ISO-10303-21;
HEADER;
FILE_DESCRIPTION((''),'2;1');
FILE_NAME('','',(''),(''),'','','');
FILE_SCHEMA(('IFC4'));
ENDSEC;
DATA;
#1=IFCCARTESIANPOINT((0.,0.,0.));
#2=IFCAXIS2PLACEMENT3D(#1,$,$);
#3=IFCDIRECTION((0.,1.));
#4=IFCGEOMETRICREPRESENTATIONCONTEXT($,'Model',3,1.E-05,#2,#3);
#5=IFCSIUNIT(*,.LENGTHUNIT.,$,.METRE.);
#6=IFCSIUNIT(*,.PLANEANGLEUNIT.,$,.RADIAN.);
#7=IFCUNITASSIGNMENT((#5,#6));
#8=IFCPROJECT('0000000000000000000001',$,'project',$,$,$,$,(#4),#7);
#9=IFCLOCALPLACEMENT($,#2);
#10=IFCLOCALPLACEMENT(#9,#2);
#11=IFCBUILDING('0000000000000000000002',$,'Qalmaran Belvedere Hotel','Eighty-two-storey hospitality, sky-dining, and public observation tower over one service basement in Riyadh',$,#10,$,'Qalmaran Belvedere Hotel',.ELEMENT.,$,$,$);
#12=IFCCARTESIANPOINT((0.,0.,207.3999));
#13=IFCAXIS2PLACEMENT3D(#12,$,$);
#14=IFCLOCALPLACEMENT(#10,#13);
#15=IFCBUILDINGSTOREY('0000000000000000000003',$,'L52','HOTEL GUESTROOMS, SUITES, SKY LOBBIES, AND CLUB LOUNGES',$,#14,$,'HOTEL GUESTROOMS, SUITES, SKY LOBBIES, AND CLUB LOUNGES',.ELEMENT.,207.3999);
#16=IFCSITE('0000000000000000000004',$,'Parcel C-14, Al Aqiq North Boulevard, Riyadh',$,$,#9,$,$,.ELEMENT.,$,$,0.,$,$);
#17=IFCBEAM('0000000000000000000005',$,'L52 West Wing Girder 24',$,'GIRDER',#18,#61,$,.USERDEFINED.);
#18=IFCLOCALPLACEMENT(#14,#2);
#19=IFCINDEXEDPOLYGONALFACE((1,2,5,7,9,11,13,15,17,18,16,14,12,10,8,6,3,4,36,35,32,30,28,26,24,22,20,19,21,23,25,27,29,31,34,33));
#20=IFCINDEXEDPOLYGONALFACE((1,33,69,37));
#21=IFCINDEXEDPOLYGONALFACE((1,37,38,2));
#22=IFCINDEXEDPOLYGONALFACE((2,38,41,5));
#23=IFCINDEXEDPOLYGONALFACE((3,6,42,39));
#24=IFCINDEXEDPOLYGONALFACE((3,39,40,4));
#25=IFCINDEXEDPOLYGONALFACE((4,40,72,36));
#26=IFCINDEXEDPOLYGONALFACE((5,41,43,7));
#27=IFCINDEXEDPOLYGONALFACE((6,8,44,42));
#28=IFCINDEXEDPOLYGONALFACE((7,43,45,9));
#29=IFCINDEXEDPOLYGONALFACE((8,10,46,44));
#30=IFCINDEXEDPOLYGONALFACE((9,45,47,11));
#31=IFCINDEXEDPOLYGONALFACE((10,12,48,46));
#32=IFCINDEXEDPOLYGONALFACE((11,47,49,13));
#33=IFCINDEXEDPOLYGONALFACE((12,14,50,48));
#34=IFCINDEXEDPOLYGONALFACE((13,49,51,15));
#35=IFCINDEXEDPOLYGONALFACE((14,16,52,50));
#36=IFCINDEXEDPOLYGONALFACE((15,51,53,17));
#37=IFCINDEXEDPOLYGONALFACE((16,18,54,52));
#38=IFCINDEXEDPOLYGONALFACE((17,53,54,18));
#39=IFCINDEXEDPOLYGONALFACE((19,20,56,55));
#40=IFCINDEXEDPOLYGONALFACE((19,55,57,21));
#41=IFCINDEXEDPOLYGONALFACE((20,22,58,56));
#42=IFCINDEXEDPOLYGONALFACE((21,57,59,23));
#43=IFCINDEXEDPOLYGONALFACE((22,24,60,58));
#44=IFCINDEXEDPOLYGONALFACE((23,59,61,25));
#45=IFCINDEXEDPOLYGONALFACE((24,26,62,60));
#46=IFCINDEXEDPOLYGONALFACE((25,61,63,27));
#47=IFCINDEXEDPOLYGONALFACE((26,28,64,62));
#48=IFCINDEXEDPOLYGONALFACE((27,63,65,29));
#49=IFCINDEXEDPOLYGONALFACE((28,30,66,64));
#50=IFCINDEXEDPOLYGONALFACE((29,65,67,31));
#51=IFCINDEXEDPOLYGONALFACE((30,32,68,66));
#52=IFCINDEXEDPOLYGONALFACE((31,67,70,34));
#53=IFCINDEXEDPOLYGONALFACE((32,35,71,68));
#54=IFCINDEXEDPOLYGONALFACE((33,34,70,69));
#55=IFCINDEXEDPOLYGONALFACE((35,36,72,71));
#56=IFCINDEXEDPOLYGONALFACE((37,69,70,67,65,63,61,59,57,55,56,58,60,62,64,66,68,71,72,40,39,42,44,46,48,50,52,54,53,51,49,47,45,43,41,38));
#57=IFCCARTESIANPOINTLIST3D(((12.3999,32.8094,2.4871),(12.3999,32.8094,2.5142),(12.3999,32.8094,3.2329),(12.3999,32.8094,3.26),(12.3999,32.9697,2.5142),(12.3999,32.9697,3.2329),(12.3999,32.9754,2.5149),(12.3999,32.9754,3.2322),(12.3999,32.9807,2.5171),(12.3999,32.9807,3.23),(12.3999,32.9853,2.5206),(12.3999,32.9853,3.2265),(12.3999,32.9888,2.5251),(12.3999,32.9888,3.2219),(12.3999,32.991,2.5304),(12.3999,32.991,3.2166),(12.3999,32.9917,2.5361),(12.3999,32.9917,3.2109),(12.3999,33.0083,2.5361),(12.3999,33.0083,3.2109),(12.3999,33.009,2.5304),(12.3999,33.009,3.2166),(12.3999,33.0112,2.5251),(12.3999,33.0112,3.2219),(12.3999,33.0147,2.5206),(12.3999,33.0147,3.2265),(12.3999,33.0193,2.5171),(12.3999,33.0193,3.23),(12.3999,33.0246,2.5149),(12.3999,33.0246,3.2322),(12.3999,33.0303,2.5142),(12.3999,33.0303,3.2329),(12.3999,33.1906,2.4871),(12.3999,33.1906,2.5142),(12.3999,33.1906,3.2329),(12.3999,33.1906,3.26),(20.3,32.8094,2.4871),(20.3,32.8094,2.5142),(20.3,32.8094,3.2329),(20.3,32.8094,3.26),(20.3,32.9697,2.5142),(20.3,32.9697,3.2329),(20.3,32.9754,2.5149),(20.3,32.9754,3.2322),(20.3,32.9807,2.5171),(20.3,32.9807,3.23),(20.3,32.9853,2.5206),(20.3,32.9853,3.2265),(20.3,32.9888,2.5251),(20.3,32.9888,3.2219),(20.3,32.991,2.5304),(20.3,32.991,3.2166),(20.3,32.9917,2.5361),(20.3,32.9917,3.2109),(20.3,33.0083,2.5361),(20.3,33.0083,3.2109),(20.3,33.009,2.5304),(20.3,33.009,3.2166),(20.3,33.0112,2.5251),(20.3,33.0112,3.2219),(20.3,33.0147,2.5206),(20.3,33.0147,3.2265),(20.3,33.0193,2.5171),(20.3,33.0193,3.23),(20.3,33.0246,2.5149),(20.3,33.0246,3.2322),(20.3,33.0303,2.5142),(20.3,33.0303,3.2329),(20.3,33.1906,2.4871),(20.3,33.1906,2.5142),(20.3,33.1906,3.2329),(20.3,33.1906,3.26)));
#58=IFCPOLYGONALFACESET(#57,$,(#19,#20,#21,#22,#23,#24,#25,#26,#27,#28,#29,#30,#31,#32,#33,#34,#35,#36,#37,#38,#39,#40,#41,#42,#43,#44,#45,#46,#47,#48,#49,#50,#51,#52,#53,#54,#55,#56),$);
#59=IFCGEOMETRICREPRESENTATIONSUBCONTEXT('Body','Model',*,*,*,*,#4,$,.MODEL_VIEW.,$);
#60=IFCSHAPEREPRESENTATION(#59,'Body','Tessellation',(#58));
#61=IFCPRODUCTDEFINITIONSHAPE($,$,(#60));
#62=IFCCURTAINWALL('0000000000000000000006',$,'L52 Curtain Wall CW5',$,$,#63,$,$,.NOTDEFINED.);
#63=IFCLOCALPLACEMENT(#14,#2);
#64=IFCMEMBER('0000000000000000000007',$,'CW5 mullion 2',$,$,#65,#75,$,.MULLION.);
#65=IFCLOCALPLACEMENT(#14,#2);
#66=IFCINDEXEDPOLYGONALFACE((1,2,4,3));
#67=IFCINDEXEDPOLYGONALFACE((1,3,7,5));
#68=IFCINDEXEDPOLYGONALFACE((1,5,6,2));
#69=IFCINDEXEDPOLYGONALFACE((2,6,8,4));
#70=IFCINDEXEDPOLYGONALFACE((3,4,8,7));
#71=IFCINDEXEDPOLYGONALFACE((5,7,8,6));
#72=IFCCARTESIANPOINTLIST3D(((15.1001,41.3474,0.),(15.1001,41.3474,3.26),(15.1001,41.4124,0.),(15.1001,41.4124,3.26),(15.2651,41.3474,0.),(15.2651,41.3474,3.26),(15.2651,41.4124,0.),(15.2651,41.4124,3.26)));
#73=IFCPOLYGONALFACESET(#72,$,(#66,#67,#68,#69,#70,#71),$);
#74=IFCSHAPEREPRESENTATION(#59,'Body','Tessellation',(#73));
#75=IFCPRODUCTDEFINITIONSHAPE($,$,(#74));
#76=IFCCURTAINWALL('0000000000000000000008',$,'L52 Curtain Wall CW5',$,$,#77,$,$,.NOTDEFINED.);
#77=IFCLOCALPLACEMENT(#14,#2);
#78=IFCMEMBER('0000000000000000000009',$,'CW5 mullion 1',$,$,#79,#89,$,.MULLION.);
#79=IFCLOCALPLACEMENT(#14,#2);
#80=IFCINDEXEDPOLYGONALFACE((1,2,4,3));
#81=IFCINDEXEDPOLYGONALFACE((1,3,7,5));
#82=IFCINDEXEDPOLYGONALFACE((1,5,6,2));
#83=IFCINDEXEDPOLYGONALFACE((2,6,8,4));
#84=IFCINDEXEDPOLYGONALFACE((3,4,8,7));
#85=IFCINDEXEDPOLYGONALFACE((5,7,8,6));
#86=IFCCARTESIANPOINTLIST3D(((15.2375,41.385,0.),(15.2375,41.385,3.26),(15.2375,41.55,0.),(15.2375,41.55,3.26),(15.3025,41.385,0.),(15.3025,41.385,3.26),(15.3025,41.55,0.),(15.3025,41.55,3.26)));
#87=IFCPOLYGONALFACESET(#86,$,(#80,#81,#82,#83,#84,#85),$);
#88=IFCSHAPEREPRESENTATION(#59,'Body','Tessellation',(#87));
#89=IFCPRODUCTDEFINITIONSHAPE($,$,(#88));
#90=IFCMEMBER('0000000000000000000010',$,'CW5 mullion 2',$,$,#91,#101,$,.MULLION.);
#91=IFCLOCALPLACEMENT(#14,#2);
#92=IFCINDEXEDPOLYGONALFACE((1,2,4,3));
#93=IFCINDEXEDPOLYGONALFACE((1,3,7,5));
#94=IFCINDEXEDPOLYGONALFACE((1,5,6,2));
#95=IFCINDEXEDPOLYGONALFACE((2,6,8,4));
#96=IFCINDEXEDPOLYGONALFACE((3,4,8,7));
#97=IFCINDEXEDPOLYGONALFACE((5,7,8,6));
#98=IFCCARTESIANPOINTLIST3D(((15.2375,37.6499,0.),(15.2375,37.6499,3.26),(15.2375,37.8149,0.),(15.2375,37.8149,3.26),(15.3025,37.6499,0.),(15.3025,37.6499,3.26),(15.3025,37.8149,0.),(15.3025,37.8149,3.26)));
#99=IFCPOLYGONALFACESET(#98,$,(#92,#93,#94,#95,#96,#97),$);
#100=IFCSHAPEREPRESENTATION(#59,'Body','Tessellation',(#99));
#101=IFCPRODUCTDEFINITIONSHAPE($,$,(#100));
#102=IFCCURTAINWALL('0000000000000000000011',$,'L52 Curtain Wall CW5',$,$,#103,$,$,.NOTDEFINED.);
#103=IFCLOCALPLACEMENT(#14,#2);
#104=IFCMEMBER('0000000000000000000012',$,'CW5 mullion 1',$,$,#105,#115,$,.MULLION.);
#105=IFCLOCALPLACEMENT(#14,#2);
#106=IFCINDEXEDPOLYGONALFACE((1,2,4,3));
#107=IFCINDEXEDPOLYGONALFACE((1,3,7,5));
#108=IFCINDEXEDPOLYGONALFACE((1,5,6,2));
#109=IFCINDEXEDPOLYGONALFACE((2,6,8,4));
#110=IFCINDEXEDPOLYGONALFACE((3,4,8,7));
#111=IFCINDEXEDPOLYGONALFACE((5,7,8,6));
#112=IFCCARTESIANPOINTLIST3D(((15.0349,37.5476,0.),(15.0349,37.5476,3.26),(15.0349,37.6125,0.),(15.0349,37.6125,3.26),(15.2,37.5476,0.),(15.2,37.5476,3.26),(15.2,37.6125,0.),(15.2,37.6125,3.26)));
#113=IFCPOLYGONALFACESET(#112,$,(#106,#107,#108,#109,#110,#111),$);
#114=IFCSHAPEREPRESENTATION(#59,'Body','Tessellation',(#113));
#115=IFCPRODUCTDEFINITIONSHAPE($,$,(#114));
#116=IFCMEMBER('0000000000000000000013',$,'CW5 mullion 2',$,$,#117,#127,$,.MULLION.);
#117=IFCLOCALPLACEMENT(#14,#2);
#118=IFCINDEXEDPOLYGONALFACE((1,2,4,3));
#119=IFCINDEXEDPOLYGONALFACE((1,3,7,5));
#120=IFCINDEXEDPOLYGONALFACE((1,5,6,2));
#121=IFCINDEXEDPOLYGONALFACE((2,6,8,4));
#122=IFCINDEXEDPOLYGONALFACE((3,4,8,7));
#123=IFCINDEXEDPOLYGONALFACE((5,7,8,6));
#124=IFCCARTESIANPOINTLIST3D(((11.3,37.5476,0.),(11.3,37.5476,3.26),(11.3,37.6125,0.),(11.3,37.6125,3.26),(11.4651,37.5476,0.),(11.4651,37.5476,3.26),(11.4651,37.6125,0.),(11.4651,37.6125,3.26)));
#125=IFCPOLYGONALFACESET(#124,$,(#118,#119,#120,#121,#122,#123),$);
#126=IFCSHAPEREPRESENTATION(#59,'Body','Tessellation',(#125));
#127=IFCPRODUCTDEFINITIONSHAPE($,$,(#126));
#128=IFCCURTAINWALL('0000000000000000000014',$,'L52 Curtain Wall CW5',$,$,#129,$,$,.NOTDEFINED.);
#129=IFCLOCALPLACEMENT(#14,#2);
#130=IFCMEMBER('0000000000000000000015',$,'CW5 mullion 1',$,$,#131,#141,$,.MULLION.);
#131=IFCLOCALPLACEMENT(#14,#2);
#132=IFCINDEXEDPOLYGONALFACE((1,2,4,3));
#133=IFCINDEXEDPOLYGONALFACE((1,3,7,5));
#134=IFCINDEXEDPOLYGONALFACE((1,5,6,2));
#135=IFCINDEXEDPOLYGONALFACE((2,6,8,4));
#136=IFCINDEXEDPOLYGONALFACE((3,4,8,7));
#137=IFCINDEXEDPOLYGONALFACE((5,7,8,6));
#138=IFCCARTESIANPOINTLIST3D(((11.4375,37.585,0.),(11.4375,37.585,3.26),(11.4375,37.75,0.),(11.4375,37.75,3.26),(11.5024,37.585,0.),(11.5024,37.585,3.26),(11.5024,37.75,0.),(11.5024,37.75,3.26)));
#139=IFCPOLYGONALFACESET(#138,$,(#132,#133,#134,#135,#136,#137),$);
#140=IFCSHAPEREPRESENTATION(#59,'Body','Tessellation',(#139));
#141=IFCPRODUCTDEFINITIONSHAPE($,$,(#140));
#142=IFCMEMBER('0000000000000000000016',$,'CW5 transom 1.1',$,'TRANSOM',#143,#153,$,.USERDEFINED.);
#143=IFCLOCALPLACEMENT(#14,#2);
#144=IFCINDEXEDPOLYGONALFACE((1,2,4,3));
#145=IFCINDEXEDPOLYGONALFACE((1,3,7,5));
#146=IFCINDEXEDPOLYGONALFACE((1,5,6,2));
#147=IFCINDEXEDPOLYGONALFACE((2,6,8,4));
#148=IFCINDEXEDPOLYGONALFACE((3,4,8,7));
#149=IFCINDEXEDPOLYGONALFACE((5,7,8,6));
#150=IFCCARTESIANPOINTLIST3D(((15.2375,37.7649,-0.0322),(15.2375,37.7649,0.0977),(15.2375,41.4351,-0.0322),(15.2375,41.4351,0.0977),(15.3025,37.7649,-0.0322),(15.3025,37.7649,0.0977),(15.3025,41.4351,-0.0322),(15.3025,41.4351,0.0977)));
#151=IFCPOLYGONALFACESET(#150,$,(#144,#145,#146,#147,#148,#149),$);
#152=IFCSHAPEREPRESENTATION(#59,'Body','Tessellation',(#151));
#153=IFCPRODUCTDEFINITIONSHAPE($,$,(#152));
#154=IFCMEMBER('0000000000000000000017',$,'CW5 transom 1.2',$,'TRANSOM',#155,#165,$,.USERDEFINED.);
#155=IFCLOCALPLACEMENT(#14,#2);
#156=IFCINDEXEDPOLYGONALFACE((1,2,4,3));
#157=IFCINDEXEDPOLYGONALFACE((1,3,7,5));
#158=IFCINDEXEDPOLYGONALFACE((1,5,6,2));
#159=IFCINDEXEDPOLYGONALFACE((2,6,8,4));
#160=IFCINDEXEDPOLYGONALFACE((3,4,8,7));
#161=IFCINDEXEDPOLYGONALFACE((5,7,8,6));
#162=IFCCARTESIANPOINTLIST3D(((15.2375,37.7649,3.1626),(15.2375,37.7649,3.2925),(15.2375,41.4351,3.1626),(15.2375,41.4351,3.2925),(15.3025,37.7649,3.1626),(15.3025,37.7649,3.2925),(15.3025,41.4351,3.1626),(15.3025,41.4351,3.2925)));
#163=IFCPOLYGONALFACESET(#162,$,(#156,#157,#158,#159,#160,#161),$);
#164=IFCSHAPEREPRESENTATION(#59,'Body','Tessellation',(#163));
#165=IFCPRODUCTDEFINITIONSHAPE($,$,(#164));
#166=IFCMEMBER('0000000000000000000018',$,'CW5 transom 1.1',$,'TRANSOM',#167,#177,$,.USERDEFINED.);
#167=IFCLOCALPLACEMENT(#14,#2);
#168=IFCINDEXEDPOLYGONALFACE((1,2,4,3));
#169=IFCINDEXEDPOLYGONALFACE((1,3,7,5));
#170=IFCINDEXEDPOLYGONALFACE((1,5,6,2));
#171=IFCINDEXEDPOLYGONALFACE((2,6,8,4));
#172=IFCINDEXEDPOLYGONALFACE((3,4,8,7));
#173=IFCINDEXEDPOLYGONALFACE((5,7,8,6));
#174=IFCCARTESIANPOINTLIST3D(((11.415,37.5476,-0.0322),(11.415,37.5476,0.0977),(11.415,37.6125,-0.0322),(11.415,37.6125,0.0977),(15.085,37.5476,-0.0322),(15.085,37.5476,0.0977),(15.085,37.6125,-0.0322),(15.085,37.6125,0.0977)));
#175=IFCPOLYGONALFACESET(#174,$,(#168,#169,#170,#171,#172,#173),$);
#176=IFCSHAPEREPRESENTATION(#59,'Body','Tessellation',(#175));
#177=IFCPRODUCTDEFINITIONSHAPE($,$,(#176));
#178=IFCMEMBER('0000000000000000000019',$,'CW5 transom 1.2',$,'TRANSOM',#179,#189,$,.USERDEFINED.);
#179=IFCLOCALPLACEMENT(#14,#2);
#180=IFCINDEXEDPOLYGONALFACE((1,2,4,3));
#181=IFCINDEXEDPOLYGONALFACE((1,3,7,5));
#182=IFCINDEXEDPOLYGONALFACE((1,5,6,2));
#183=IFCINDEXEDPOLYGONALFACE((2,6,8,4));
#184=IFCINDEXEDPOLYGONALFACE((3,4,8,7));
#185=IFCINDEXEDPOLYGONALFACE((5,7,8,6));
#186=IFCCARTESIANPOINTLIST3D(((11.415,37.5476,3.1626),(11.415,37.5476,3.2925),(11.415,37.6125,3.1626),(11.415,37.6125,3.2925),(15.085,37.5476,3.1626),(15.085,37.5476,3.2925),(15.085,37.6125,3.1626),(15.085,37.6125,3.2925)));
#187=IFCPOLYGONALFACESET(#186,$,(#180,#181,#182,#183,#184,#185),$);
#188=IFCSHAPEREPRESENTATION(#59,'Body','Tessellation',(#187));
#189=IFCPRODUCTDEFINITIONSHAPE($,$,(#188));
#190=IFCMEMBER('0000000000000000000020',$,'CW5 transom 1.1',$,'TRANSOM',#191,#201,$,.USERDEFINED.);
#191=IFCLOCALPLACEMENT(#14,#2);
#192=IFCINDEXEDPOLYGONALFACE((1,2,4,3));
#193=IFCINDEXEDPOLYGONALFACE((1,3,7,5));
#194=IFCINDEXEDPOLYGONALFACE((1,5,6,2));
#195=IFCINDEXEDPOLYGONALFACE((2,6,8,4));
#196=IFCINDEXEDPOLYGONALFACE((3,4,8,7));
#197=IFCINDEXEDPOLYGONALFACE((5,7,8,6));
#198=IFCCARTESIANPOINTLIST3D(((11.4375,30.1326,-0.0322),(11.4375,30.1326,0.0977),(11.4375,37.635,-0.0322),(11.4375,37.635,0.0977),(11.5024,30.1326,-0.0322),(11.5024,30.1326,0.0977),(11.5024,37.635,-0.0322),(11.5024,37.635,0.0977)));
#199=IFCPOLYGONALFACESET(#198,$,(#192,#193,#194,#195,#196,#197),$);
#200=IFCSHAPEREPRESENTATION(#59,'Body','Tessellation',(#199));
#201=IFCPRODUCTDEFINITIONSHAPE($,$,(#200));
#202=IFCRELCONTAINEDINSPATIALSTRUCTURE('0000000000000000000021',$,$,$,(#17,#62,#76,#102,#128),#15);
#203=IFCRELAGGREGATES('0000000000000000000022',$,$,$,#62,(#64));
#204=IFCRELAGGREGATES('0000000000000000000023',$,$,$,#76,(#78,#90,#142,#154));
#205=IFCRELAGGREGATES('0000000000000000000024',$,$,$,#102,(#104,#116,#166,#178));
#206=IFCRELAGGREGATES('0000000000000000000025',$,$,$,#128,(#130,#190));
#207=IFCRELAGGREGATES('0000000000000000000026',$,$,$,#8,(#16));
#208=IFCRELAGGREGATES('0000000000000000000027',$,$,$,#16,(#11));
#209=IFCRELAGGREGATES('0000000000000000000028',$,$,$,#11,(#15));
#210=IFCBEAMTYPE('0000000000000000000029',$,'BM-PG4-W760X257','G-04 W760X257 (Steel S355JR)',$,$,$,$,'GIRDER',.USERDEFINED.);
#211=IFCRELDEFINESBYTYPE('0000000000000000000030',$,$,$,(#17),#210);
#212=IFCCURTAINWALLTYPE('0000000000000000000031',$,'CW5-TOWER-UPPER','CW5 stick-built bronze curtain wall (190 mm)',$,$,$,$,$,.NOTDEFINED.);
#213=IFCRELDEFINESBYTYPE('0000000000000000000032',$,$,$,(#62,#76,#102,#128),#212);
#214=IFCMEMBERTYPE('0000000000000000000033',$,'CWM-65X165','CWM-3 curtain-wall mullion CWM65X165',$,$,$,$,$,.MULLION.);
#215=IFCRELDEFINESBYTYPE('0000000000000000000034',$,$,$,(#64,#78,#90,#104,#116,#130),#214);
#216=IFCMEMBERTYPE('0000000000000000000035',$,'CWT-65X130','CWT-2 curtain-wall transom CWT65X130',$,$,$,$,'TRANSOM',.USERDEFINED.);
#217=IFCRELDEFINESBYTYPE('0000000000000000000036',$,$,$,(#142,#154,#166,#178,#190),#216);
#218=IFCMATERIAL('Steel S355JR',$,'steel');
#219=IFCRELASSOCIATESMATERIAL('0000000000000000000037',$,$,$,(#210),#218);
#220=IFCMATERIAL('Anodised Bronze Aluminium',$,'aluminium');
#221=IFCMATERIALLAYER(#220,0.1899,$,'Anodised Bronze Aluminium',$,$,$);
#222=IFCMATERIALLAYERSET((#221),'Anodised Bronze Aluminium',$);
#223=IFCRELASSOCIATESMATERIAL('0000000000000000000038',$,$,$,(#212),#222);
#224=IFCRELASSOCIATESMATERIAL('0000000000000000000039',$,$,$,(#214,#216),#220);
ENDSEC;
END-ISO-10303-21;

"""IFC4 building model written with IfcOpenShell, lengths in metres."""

from ifc_helpers import new_model, si_unit, direction, frame, origin, origin_2d, place, context, subcontext, project, spatial, rectangle, i_section, extrude, material, layer, layer_set, material_profile, profile_set, type_object, element, aggregate, save


model = new_model("IFC4")

# Units and contexts
model_context = context("Model", 3, precision=1e-05, world=origin(), true_north=direction((0.0, 1.0)))
body_context = subcontext(model_context, "Body", "Model", "MODEL_VIEW")
ifc_project = project(units=[si_unit("LENGTHUNIT", "METRE"), si_unit("PLANEANGLEUNIT", "RADIAN")], contexts=[model_context])

# Site, building, storey
site_placement = place(None, origin())
site = spatial("IfcSite", under=ifc_project, at=site_placement, Name="Parcel C-14, Al Aqiq North Boulevard, Riyadh", CompositionType="ELEMENT", RefElevation=0.0)
building_placement = place(site_placement, origin())
building = spatial("IfcBuilding", under=site, at=building_placement, Name="Qalmaran Belvedere Hotel", Description="Eighty-two-storey hospitality, sky-dining, and public observation tower over one service basement in Riyadh", LongName="Qalmaran Belvedere Hotel", CompositionType="ELEMENT")
storey_placement = place(building_placement, frame((0.0, 0.0, 207.3999)))
storey = spatial("IfcBuildingStorey", under=building, at=storey_placement, Name="L52", Description="HOTEL GUESTROOMS, SUITES, SKY LOBBIES, AND CLUB LOUNGES", LongName="HOTEL GUESTROOMS, SUITES, SKY LOBBIES, AND CLUB LOUNGES", CompositionType="ELEMENT", Elevation=207.3999)

# Beam
ifc_material_1 = material(Name="Steel S355JR", Category="steel")
ifc_material_profile_1 = material_profile(ifc_material_1, i_section(OverallWidth=0.3811, OverallDepth=0.7729, WebThickness=0.0166, FlangeThickness=0.0271, FilletRadius=0.022, at=origin_2d()), Name="W760X257")
ifc_profile_set_1 = profile_set([ifc_material_profile_1], Name="Steel S355JR")
beam_type = type_object("IfcBeamType", Name="BM-PG4-W760X257", Description="G-04 W760X257 (Steel S355JR)", ElementType="GIRDER", PredefinedType="USERDEFINED", material=ifc_profile_set_1)
beam_placement = place(storey_placement, frame((12.3999, 33.0, 2.8735), z_axis=(1.0, 0.0, 0.0), x_axis=(0.0, 1.0, 0.0)))
element("IfcBeam", 1, at=beam_placement, inside=storey, type_object=beam_type, Name="L52 West Wing Girder 24", ObjectType="GIRDER", PredefinedType="USERDEFINED", context=body_context, shape_type="SweptSolid", body=[
    extrude(i_section(OverallWidth=0.3811, OverallDepth=0.7729, WebThickness=0.0166, FlangeThickness=0.0271, FilletRadius=0.022, at=origin_2d()), origin(), (0.0, 0.0, 1.0), 7.9001),
])

# Curtain wall, member
ifc_material_2 = material(Name="Anodised Bronze Aluminium", Category="aluminium")
ifc_layer_1 = layer(ifc_material_2, 0.1899, Name="Anodised Bronze Aluminium")
ifc_layer_set_1 = layer_set([ifc_layer_1], Name="Anodised Bronze Aluminium")
curtain_wall_type = type_object("IfcCurtainWallType", Name="CW5-TOWER-UPPER", Description="CW5 stick-built bronze curtain wall (190 mm)", PredefinedType="NOTDEFINED", material=ifc_layer_set_1)
curtain_wall_1_placement = place(storey_placement, origin())
curtain_wall_1 = element("IfcCurtainWall", 2, at=curtain_wall_1_placement, inside=storey, type_object=curtain_wall_type, Name="L52 Curtain Wall CW5", PredefinedType="NOTDEFINED")
ifc_material_profile_2 = material_profile(ifc_material_2, rectangle(XDim=0.0649, YDim=0.165, at=origin_2d()), Name="CWM65X165")
ifc_profile_set_2 = profile_set([ifc_material_profile_2], Name="Anodised Bronze Aluminium")
member_type_1 = type_object("IfcMemberType", Name="CWM-65X165", Description="CWM-3 curtain-wall mullion CWM65X165", PredefinedType="MULLION", material=ifc_profile_set_2)
member_1_placement = place(storey_placement, frame((15.1826, 41.3799, 0.0), z_axis=(0.0, 0.0, 1.0), x_axis=(0.0, -1.0, 0.0)))
member_1 = element("IfcMember", 3, at=member_1_placement, type_object=member_type_1, Name="CW5 mullion 2", PredefinedType="MULLION", context=body_context, shape_type="SweptSolid", body=[
    extrude(rectangle(XDim=0.0649, YDim=0.165, at=origin_2d()), origin(), (0.0, 0.0, 1.0), 3.26),
])
aggregate(curtain_wall_1, [member_1])

# Curtain walls, members
curtain_wall_2_placement = place(storey_placement, origin())
curtain_wall_2 = element("IfcCurtainWall", 4, at=curtain_wall_2_placement, inside=storey, type_object=curtain_wall_type, Name="L52 Curtain Wall CW5", PredefinedType="NOTDEFINED")
member_2_placement = place(storey_placement, frame((15.27, 41.4675, 0.0), z_axis=(0.0, 0.0, 1.0), x_axis=(1.0, 0.0, 0.0)))
member_2 = element("IfcMember", 5, at=member_2_placement, type_object=member_type_1, Name="CW5 mullion 1", PredefinedType="MULLION", context=body_context, shape_type="SweptSolid", body=[
    extrude(rectangle(XDim=0.0649, YDim=0.165, at=origin_2d()), origin(), (0.0, 0.0, 1.0), 3.26),
])
member_3_placement = place(storey_placement, frame((15.27, 37.7324, 0.0), z_axis=(0.0, 0.0, 1.0), x_axis=(1.0, 0.0, 0.0)))
member_3 = element("IfcMember", 6, at=member_3_placement, type_object=member_type_1, Name="CW5 mullion 2", PredefinedType="MULLION", context=body_context, shape_type="SweptSolid", body=[
    extrude(rectangle(XDim=0.0649, YDim=0.165, at=origin_2d()), origin(), (0.0, 0.0, 1.0), 3.26),
])
curtain_wall_3_placement = place(storey_placement, origin())
curtain_wall_3 = element("IfcCurtainWall", 7, at=curtain_wall_3_placement, inside=storey, type_object=curtain_wall_type, Name="L52 Curtain Wall CW5", PredefinedType="NOTDEFINED")
member_4_placement = place(storey_placement, frame((15.1174, 37.5801, 0.0), z_axis=(0.0, 0.0, 1.0), x_axis=(0.0, -1.0, 0.0)))
member_4 = element("IfcMember", 8, at=member_4_placement, type_object=member_type_1, Name="CW5 mullion 1", PredefinedType="MULLION", context=body_context, shape_type="SweptSolid", body=[
    extrude(rectangle(XDim=0.0649, YDim=0.165, at=origin_2d()), origin(), (0.0, 0.0, 1.0), 3.26),
])
member_5_placement = place(storey_placement, frame((11.3826, 37.5801, 0.0), z_axis=(0.0, 0.0, 1.0), x_axis=(0.0, -1.0, 0.0)))
member_5 = element("IfcMember", 9, at=member_5_placement, type_object=member_type_1, Name="CW5 mullion 2", PredefinedType="MULLION", context=body_context, shape_type="SweptSolid", body=[
    extrude(rectangle(XDim=0.0649, YDim=0.165, at=origin_2d()), origin(), (0.0, 0.0, 1.0), 3.26),
])

# Curtain wall, member
curtain_wall_4_placement = place(storey_placement, origin())
curtain_wall_4 = element("IfcCurtainWall", 10, at=curtain_wall_4_placement, inside=storey, type_object=curtain_wall_type, Name="L52 Curtain Wall CW5", PredefinedType="NOTDEFINED")
member_6_placement = place(storey_placement, frame((11.47, 37.6675, 0.0), z_axis=(0.0, 0.0, 1.0), x_axis=(1.0, 0.0, 0.0)))
member_6 = element("IfcMember", 11, at=member_6_placement, type_object=member_type_1, Name="CW5 mullion 1", PredefinedType="MULLION", context=body_context, shape_type="SweptSolid", body=[
    extrude(rectangle(XDim=0.0649, YDim=0.165, at=origin_2d()), origin(), (0.0, 0.0, 1.0), 3.26),
])

# Members
ifc_material_profile_3 = material_profile(ifc_material_2, rectangle(XDim=0.0649, YDim=0.1299, at=origin_2d()), Name="CWT65X130")
ifc_profile_set_3 = profile_set([ifc_material_profile_3], Name="Anodised Bronze Aluminium")
member_type_2 = type_object("IfcMemberType", Name="CWT-65X130", Description="CWT-2 curtain-wall transom CWT65X130", ElementType="TRANSOM", PredefinedType="USERDEFINED", material=ifc_profile_set_3)
member_7_placement = place(storey_placement, frame((15.27, 41.4351, 0.0327), z_axis=(0.0, -1.0, 0.0), x_axis=(1.0, 0.0, 0.0)))
member_7 = element("IfcMember", 12, at=member_7_placement, type_object=member_type_2, Name="CW5 transom 1.1", ObjectType="TRANSOM", PredefinedType="USERDEFINED", context=body_context, shape_type="SweptSolid", body=[
    extrude(rectangle(XDim=0.0649, YDim=0.1299, at=origin_2d()), origin(), (0.0, 0.0, 1.0), 3.6702),
])
member_8_placement = place(storey_placement, frame((15.27, 41.4351, 3.2275), z_axis=(0.0, -1.0, 0.0), x_axis=(1.0, 0.0, 0.0)))
member_8 = element("IfcMember", 13, at=member_8_placement, type_object=member_type_2, Name="CW5 transom 1.2", ObjectType="TRANSOM", PredefinedType="USERDEFINED", context=body_context, shape_type="SweptSolid", body=[
    extrude(rectangle(XDim=0.0649, YDim=0.1299, at=origin_2d()), origin(), (0.0, 0.0, 1.0), 3.6702),
])
member_9_placement = place(storey_placement, frame((15.085, 37.5801, 0.0327), z_axis=(-1.0, 0.0, 0.0), x_axis=(0.0, -1.0, 0.0)))
member_9 = element("IfcMember", 14, at=member_9_placement, type_object=member_type_2, Name="CW5 transom 1.1", ObjectType="TRANSOM", PredefinedType="USERDEFINED", context=body_context, shape_type="SweptSolid", body=[
    extrude(rectangle(XDim=0.0649, YDim=0.1299, at=origin_2d()), origin(), (0.0, 0.0, 1.0), 3.6699),
])
member_10_placement = place(storey_placement, frame((15.085, 37.5801, 3.2275), z_axis=(-1.0, 0.0, 0.0), x_axis=(0.0, -1.0, 0.0)))
member_10 = element("IfcMember", 15, at=member_10_placement, type_object=member_type_2, Name="CW5 transom 1.2", ObjectType="TRANSOM", PredefinedType="USERDEFINED", context=body_context, shape_type="SweptSolid", body=[
    extrude(rectangle(XDim=0.0649, YDim=0.1299, at=origin_2d()), origin(), (0.0, 0.0, 1.0), 3.6699),
])
member_11_placement = place(storey_placement, frame((11.47, 37.635, 0.0327), z_axis=(0.0, -1.0, 0.0), x_axis=(1.0, 0.0, 0.0)))
member_11 = element("IfcMember", 16, at=member_11_placement, type_object=member_type_2, Name="CW5 transom 1.1", ObjectType="TRANSOM", PredefinedType="USERDEFINED", context=body_context, shape_type="SweptSolid", body=[
    extrude(rectangle(XDim=0.0649, YDim=0.1299, at=origin_2d()), origin(), (0.0, 0.0, 1.0), 7.5024),
])

aggregate(curtain_wall_2, [member_2, member_3, member_7, member_8])
aggregate(curtain_wall_3, [member_4, member_5, member_9, member_10])
aggregate(curtain_wall_4, [member_6, member_11])

save(model, "model.ifc")
